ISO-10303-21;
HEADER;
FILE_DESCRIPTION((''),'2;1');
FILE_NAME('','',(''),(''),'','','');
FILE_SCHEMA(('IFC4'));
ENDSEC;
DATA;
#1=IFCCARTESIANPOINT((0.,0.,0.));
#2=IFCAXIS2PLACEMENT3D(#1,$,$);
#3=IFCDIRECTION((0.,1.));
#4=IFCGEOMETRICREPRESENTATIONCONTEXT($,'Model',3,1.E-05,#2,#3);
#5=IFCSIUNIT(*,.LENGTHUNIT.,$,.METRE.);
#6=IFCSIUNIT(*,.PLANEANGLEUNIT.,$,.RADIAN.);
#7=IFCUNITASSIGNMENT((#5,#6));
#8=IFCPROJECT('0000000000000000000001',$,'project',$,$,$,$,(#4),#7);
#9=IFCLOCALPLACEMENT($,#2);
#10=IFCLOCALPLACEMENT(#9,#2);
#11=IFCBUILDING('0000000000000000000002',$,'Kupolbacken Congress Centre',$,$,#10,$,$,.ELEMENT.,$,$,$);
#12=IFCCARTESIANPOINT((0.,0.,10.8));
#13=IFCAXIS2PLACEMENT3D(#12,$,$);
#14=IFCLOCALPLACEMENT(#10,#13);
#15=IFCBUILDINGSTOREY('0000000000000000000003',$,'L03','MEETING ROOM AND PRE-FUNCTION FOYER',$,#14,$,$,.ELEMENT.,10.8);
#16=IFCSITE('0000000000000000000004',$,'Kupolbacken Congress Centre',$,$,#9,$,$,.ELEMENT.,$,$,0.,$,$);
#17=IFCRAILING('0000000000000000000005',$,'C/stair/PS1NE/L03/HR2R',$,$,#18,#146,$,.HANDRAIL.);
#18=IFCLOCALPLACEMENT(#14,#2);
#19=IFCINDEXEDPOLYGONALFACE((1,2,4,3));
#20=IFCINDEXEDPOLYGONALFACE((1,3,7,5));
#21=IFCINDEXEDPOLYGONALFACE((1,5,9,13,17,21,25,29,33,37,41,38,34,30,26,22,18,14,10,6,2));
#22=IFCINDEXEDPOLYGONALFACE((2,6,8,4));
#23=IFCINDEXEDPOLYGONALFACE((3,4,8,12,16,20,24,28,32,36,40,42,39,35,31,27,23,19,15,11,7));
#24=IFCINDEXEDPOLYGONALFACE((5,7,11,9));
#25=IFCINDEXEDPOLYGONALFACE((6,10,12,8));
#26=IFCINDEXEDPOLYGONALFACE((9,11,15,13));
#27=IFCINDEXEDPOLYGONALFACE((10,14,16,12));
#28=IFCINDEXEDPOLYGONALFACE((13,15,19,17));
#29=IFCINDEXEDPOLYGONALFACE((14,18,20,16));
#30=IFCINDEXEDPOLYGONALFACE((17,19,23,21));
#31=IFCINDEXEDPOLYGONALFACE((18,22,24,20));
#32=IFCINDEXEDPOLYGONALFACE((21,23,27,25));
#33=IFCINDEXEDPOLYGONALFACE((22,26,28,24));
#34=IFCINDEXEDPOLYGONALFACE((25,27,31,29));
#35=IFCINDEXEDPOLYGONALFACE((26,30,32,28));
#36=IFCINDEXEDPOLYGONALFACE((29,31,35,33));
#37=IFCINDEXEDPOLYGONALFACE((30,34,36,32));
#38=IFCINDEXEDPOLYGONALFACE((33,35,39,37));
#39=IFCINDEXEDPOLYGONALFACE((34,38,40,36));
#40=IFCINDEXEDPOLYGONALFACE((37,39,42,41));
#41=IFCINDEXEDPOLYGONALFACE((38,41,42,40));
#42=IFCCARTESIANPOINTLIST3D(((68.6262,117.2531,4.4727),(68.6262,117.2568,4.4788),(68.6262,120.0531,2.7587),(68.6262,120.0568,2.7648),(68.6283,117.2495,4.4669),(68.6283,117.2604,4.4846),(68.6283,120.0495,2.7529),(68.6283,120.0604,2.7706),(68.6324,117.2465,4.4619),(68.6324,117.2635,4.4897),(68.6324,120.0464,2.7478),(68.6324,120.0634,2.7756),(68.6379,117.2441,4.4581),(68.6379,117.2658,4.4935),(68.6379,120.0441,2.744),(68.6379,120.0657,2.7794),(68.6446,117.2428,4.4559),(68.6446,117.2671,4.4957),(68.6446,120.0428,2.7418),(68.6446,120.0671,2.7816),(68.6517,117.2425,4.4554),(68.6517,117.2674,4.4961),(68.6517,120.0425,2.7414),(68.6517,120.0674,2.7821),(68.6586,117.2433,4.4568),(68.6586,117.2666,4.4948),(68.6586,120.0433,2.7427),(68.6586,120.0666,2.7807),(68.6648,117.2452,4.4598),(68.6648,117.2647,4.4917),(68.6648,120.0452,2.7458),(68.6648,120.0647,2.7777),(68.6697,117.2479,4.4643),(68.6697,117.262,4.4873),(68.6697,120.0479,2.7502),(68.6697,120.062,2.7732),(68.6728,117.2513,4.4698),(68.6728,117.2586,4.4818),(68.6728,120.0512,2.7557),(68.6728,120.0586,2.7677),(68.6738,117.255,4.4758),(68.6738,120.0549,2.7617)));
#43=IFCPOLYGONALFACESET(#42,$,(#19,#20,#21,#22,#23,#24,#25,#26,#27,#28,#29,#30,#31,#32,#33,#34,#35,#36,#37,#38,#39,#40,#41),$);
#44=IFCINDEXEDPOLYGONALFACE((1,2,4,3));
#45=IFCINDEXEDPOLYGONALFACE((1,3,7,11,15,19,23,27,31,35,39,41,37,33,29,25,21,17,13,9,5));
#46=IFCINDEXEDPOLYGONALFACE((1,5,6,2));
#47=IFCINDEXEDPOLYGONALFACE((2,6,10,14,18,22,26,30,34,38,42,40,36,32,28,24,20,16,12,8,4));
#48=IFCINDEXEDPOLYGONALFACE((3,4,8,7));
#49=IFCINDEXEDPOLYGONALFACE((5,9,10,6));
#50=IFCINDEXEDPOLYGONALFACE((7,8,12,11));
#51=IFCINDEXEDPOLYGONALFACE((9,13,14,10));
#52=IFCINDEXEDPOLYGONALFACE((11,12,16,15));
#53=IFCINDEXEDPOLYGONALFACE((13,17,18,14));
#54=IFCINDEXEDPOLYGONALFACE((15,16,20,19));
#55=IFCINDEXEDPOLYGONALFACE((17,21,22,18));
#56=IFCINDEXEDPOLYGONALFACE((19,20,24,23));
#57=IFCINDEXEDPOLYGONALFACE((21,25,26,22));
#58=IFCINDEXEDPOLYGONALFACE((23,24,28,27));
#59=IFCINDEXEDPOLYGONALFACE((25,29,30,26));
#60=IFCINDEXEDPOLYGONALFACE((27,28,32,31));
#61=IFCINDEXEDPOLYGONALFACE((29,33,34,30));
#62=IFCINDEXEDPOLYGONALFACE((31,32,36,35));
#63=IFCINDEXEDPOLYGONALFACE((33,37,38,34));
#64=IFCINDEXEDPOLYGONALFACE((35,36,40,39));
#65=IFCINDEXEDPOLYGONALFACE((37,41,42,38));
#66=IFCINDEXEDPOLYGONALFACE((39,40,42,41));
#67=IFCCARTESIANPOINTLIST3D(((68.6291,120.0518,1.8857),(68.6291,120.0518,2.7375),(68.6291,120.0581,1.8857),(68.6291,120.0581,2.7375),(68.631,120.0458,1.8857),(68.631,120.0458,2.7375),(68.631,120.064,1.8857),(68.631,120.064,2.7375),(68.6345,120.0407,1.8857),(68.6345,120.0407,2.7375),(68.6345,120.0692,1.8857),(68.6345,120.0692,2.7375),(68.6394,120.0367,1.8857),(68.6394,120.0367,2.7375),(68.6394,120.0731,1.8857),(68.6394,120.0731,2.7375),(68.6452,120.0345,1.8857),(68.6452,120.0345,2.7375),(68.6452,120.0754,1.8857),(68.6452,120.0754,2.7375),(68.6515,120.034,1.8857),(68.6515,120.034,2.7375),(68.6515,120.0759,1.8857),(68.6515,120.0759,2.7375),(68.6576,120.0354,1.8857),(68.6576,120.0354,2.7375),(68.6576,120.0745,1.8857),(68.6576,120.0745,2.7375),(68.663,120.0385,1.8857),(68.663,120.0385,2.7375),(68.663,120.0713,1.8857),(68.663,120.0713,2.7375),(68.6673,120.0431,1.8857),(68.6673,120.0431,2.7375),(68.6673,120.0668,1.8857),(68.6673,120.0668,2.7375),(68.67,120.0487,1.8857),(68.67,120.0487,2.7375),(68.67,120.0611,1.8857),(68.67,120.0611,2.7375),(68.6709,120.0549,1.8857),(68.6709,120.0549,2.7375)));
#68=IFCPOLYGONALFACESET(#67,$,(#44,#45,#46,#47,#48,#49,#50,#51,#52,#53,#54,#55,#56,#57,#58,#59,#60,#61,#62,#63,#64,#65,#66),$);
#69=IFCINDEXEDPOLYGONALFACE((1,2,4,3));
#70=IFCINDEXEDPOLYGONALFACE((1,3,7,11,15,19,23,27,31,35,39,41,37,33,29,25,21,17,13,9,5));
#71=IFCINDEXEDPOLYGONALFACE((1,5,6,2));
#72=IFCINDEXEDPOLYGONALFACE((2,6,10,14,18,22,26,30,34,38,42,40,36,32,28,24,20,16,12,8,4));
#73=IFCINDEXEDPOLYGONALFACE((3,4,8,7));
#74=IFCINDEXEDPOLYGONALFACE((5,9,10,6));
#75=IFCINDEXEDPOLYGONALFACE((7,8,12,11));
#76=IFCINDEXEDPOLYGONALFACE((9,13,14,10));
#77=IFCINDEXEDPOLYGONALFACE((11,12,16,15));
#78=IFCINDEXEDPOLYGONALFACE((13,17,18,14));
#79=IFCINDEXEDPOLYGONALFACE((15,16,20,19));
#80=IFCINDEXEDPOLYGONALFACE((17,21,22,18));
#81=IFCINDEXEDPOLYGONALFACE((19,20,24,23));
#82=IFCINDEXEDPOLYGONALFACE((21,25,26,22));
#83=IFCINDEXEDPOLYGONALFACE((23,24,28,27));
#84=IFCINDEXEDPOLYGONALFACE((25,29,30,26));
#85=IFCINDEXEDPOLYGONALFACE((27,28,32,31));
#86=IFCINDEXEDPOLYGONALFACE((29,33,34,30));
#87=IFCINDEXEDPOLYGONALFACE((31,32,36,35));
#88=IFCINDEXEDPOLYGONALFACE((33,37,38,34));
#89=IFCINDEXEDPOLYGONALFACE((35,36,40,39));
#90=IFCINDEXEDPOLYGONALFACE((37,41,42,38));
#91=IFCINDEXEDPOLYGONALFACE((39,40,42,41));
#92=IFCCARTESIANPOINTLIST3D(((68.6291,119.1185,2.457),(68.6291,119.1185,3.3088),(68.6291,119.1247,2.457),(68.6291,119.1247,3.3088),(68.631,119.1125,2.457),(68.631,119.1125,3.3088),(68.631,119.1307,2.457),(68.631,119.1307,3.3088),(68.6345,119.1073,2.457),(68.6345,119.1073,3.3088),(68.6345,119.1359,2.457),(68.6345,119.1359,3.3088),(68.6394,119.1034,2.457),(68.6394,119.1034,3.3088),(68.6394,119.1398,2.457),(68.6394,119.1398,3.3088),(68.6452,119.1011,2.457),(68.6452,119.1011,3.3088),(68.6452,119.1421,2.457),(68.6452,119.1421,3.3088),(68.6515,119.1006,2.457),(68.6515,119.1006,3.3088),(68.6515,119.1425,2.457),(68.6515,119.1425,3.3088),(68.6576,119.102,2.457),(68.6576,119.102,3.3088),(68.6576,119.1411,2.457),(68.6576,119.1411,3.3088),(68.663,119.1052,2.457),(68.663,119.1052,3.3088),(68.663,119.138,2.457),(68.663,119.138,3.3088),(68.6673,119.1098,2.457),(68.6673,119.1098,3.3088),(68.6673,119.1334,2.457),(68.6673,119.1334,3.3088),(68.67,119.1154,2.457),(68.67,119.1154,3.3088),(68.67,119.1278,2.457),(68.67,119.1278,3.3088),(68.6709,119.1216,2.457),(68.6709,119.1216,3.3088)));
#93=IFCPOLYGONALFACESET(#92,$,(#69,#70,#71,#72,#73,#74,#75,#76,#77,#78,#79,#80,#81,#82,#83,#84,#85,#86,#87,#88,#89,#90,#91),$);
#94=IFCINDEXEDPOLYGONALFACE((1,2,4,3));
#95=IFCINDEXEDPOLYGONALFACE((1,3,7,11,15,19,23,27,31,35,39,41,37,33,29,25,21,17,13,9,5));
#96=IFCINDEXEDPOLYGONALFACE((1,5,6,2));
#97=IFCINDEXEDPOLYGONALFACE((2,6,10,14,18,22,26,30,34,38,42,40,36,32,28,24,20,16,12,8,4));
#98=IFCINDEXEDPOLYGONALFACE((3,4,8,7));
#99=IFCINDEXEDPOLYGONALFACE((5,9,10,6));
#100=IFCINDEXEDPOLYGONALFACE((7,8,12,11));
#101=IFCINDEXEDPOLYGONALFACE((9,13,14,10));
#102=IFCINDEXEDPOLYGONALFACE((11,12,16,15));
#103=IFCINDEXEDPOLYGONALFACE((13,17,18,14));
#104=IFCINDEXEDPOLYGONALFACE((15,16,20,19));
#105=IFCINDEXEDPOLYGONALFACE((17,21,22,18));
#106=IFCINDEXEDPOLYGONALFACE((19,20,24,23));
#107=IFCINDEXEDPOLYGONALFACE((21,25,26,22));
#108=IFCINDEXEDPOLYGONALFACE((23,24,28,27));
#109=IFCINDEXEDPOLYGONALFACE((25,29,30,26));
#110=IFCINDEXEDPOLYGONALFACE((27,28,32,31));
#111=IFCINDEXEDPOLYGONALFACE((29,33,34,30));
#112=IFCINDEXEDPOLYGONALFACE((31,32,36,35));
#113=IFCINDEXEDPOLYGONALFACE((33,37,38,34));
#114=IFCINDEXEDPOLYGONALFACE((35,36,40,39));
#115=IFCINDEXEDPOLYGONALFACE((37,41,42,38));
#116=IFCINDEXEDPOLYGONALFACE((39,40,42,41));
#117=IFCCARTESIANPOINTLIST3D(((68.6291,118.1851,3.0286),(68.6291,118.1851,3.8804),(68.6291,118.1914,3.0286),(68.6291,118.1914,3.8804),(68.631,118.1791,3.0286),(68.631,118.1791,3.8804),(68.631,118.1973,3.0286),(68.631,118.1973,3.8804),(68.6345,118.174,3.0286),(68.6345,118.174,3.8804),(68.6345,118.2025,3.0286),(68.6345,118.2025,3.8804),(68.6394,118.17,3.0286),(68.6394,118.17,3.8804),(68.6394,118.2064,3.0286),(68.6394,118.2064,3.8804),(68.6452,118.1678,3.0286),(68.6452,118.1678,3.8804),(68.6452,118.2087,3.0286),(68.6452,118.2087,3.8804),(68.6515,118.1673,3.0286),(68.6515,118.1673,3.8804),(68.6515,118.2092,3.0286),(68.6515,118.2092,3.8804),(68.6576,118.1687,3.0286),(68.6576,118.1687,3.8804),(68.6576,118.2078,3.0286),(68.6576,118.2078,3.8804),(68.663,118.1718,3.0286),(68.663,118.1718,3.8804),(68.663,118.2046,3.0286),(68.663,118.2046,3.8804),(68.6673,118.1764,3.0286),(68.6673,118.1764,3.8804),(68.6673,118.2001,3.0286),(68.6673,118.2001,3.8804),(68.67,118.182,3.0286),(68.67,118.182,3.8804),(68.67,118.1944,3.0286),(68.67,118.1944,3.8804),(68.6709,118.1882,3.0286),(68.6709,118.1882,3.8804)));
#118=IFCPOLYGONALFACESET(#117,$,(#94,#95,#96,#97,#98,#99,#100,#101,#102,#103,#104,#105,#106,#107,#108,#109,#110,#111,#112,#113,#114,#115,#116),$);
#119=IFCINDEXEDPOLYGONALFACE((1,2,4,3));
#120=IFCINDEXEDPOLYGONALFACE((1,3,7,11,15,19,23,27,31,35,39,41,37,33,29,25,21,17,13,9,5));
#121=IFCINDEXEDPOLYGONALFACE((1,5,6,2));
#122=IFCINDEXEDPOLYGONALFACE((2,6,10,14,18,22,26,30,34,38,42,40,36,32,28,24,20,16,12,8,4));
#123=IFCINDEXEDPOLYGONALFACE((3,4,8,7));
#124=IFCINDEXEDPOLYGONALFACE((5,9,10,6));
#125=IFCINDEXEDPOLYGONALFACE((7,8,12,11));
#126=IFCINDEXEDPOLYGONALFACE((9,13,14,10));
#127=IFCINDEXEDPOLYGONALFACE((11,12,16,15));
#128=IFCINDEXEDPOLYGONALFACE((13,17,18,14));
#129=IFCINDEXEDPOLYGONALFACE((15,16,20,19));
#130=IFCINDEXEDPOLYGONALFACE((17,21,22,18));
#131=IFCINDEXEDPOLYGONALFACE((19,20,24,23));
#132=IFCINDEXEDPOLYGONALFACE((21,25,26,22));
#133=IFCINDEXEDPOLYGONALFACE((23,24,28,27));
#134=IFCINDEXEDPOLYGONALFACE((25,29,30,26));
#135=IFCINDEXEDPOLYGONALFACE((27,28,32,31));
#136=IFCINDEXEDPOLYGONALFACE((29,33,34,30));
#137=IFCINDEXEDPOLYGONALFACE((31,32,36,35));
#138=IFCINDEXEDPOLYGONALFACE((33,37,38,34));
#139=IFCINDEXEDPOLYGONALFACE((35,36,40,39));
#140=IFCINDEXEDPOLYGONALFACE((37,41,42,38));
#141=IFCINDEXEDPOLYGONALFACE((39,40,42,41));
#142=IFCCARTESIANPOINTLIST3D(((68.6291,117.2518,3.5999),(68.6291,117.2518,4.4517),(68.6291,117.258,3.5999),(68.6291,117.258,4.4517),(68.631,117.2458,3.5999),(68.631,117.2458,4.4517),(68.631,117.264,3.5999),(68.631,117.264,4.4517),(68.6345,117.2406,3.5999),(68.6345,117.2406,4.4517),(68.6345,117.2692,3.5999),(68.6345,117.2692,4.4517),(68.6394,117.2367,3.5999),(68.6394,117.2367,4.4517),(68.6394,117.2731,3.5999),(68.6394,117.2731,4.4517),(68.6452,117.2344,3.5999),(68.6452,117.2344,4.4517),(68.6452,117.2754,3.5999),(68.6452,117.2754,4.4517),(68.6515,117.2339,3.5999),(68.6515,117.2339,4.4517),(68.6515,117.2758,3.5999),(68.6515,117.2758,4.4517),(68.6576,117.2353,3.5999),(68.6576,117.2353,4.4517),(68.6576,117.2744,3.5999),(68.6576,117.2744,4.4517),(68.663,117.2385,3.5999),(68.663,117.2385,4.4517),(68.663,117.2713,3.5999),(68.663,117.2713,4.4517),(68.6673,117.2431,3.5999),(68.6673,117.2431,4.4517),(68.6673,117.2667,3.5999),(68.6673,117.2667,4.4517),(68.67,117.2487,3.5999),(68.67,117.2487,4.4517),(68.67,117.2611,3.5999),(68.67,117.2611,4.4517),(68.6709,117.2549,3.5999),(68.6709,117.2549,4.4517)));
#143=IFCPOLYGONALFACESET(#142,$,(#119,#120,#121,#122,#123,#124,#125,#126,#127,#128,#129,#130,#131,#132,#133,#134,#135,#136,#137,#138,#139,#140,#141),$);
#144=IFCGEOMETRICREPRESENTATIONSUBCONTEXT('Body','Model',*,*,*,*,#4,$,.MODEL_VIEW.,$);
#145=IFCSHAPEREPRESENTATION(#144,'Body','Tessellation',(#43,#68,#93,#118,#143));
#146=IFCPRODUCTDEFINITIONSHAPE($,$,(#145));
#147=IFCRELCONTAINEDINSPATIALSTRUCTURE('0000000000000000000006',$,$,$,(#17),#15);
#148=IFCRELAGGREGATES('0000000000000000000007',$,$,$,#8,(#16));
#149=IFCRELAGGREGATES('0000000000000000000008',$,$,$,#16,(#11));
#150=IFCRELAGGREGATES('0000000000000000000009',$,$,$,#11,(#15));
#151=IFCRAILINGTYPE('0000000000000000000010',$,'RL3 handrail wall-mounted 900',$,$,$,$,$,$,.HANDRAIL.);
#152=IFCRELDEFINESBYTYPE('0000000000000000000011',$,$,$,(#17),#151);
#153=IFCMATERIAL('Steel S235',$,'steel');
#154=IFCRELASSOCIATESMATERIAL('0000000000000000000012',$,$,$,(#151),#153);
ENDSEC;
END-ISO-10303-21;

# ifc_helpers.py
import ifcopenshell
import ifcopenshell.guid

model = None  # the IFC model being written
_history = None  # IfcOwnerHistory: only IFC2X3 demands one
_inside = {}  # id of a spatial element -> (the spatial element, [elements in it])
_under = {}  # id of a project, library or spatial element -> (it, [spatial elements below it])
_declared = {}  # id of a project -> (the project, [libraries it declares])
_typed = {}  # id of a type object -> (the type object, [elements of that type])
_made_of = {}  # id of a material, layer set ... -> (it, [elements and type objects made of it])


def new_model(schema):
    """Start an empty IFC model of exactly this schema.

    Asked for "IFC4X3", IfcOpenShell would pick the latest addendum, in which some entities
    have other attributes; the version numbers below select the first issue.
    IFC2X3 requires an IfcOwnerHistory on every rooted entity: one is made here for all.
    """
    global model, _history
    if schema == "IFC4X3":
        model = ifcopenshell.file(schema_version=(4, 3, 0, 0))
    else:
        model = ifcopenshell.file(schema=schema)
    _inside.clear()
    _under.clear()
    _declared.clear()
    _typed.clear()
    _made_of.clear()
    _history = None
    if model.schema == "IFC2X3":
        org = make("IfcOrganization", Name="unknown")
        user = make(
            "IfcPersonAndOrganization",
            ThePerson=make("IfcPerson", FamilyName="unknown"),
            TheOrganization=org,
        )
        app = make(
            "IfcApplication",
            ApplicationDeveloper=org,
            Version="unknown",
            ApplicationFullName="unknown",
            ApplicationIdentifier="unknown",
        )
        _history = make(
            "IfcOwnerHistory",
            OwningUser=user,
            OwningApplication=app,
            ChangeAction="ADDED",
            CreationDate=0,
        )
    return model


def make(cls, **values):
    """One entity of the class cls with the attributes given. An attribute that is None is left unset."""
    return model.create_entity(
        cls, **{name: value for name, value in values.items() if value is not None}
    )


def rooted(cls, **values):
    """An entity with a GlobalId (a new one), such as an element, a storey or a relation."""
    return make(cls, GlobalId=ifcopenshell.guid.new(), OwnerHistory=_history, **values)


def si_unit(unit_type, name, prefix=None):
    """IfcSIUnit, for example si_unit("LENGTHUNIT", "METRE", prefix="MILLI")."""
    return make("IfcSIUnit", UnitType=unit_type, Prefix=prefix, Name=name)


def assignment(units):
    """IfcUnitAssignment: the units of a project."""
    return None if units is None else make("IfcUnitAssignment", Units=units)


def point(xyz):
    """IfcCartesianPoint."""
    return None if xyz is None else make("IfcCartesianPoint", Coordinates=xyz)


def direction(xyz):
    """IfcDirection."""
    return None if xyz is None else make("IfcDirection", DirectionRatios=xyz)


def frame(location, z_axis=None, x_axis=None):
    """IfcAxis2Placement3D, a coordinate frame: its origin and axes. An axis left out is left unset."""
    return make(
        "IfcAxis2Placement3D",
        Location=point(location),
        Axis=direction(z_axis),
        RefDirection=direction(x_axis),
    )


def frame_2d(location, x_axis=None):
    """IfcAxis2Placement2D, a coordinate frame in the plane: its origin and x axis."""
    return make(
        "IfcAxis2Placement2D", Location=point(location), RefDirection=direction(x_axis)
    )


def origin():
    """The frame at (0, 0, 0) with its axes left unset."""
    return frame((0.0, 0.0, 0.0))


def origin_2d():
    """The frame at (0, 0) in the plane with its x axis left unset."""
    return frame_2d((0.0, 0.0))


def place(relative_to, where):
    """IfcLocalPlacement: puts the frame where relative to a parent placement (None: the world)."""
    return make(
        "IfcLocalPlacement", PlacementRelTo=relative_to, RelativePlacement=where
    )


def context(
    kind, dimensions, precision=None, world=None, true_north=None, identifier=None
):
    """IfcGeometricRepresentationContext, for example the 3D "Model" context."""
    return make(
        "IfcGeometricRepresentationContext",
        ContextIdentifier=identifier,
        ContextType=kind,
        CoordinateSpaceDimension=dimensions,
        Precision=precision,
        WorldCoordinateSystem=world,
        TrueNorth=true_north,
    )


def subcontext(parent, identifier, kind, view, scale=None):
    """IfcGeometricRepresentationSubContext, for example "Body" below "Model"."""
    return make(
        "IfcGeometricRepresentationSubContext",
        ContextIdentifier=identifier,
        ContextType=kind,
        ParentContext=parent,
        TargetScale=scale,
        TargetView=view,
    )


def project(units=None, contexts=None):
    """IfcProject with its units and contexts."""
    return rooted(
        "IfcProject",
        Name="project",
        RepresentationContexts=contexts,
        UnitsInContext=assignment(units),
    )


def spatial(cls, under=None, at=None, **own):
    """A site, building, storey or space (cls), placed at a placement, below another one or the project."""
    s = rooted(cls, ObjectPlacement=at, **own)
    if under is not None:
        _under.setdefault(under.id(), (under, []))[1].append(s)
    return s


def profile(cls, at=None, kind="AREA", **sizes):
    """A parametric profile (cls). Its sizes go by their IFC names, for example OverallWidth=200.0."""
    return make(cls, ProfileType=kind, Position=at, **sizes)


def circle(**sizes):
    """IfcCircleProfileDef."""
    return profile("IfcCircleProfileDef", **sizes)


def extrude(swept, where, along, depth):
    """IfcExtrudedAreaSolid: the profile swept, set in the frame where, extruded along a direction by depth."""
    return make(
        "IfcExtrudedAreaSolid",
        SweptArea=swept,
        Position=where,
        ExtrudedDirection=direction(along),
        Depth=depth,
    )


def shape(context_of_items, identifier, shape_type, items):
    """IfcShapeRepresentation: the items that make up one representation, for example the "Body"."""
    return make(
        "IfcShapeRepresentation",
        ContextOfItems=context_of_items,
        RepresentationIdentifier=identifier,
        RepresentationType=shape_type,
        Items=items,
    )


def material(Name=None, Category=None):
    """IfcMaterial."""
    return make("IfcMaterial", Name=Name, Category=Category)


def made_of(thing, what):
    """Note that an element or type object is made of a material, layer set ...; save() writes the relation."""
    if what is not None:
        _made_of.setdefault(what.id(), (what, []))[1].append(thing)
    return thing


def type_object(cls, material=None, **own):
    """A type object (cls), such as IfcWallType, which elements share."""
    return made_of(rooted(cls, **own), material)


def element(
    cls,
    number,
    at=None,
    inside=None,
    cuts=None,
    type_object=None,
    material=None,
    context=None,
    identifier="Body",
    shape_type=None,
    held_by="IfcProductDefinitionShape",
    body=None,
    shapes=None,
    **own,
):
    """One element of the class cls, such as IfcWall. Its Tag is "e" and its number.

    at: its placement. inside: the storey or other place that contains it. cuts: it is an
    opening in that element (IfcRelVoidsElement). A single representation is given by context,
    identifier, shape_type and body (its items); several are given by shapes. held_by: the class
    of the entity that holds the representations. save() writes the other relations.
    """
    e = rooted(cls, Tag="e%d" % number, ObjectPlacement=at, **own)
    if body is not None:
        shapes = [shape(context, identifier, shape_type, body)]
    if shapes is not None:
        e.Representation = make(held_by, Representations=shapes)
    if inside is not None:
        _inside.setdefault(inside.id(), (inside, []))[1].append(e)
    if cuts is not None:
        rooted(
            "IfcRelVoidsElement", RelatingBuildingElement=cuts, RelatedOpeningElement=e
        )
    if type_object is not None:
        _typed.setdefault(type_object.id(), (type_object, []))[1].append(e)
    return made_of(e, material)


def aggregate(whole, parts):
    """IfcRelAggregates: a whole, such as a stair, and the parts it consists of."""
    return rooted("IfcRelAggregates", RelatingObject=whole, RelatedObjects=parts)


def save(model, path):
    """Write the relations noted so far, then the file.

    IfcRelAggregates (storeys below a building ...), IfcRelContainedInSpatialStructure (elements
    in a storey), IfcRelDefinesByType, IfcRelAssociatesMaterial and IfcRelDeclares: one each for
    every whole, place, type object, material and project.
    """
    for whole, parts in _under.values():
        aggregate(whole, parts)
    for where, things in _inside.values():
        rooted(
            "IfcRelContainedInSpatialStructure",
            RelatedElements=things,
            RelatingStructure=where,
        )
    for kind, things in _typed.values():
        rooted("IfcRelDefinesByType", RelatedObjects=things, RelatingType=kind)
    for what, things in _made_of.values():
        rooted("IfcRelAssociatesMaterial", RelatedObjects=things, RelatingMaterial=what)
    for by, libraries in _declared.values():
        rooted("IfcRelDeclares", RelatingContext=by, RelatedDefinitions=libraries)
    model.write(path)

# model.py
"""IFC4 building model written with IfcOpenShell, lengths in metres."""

from ifc_helpers import new_model, si_unit, direction, frame, origin, origin_2d, place, context, subcontext, project, spatial, circle, extrude, material, type_object, element, save


model = new_model("IFC4")

# Units and contexts
model_context = context("Model", 3, precision=1e-05, world=origin(), true_north=direction((0.0, 1.0)))
body_context = subcontext(model_context, "Body", "Model", "MODEL_VIEW")
ifc_project = project(units=[si_unit("LENGTHUNIT", "METRE"), si_unit("PLANEANGLEUNIT", "RADIAN")], contexts=[model_context])

# Site, building, storey
site_placement = place(None, origin())
site = spatial("IfcSite", under=ifc_project, at=site_placement, Name="Kupolbacken Congress Centre", CompositionType="ELEMENT", RefElevation=0.0)
building_placement = place(site_placement, origin())
building = spatial("IfcBuilding", under=site, at=building_placement, Name="Kupolbacken Congress Centre", CompositionType="ELEMENT")
storey_placement = place(building_placement, frame((0.0, 0.0, 10.8)))
storey = spatial("IfcBuildingStorey", under=building, at=storey_placement, Name="L03", Description="MEETING ROOM AND PRE-FUNCTION FOYER", CompositionType="ELEMENT", Elevation=10.8)

# Railing
ifc_material_1 = material(Name="Steel S235", Category="steel")
railing_type = type_object("IfcRailingType", Name="RL3 handrail wall-mounted 900", PredefinedType="HANDRAIL", material=ifc_material_1)
for number, where, name in (
    (1, (68.6499, 120.0549, 1.8857), "C/stair/PS1NE/L03/HR2R"),
):
    element("IfcRailing", number, at=place(storey_placement, frame(where)), inside=storey, type_object=railing_type, Name=name, PredefinedType="HANDRAIL", context=body_context, shape_type="SweptSolid", body=[
        extrude(circle(Radius=0.0239, at=origin_2d()), frame((0.0, 0.0, 0.876), z_axis=(0.0, -0.852879, 0.522109), x_axis=(1.0, 0.0, 0.0)), (0.0, 0.0, 1.0), 3.283),
        extrude(circle(Radius=0.021, at=origin_2d()), origin(), (0.0, 0.0, 1.0), 0.8518),
        extrude(circle(Radius=0.021, at=origin_2d()), frame((0.0, -0.9333, 0.5713)), (0.0, 0.0, 1.0), 0.8518),
        extrude(circle(Radius=0.021, at=origin_2d()), frame((0.0, -1.8667, 1.1428)), (0.0, 0.0, 1.0), 0.8518),
        extrude(circle(Radius=0.021, at=origin_2d()), frame((0.0, -2.8, 1.7141)), (0.0, 0.0, 1.0), 0.8518),
    ])

save(model, "model.ifc")
